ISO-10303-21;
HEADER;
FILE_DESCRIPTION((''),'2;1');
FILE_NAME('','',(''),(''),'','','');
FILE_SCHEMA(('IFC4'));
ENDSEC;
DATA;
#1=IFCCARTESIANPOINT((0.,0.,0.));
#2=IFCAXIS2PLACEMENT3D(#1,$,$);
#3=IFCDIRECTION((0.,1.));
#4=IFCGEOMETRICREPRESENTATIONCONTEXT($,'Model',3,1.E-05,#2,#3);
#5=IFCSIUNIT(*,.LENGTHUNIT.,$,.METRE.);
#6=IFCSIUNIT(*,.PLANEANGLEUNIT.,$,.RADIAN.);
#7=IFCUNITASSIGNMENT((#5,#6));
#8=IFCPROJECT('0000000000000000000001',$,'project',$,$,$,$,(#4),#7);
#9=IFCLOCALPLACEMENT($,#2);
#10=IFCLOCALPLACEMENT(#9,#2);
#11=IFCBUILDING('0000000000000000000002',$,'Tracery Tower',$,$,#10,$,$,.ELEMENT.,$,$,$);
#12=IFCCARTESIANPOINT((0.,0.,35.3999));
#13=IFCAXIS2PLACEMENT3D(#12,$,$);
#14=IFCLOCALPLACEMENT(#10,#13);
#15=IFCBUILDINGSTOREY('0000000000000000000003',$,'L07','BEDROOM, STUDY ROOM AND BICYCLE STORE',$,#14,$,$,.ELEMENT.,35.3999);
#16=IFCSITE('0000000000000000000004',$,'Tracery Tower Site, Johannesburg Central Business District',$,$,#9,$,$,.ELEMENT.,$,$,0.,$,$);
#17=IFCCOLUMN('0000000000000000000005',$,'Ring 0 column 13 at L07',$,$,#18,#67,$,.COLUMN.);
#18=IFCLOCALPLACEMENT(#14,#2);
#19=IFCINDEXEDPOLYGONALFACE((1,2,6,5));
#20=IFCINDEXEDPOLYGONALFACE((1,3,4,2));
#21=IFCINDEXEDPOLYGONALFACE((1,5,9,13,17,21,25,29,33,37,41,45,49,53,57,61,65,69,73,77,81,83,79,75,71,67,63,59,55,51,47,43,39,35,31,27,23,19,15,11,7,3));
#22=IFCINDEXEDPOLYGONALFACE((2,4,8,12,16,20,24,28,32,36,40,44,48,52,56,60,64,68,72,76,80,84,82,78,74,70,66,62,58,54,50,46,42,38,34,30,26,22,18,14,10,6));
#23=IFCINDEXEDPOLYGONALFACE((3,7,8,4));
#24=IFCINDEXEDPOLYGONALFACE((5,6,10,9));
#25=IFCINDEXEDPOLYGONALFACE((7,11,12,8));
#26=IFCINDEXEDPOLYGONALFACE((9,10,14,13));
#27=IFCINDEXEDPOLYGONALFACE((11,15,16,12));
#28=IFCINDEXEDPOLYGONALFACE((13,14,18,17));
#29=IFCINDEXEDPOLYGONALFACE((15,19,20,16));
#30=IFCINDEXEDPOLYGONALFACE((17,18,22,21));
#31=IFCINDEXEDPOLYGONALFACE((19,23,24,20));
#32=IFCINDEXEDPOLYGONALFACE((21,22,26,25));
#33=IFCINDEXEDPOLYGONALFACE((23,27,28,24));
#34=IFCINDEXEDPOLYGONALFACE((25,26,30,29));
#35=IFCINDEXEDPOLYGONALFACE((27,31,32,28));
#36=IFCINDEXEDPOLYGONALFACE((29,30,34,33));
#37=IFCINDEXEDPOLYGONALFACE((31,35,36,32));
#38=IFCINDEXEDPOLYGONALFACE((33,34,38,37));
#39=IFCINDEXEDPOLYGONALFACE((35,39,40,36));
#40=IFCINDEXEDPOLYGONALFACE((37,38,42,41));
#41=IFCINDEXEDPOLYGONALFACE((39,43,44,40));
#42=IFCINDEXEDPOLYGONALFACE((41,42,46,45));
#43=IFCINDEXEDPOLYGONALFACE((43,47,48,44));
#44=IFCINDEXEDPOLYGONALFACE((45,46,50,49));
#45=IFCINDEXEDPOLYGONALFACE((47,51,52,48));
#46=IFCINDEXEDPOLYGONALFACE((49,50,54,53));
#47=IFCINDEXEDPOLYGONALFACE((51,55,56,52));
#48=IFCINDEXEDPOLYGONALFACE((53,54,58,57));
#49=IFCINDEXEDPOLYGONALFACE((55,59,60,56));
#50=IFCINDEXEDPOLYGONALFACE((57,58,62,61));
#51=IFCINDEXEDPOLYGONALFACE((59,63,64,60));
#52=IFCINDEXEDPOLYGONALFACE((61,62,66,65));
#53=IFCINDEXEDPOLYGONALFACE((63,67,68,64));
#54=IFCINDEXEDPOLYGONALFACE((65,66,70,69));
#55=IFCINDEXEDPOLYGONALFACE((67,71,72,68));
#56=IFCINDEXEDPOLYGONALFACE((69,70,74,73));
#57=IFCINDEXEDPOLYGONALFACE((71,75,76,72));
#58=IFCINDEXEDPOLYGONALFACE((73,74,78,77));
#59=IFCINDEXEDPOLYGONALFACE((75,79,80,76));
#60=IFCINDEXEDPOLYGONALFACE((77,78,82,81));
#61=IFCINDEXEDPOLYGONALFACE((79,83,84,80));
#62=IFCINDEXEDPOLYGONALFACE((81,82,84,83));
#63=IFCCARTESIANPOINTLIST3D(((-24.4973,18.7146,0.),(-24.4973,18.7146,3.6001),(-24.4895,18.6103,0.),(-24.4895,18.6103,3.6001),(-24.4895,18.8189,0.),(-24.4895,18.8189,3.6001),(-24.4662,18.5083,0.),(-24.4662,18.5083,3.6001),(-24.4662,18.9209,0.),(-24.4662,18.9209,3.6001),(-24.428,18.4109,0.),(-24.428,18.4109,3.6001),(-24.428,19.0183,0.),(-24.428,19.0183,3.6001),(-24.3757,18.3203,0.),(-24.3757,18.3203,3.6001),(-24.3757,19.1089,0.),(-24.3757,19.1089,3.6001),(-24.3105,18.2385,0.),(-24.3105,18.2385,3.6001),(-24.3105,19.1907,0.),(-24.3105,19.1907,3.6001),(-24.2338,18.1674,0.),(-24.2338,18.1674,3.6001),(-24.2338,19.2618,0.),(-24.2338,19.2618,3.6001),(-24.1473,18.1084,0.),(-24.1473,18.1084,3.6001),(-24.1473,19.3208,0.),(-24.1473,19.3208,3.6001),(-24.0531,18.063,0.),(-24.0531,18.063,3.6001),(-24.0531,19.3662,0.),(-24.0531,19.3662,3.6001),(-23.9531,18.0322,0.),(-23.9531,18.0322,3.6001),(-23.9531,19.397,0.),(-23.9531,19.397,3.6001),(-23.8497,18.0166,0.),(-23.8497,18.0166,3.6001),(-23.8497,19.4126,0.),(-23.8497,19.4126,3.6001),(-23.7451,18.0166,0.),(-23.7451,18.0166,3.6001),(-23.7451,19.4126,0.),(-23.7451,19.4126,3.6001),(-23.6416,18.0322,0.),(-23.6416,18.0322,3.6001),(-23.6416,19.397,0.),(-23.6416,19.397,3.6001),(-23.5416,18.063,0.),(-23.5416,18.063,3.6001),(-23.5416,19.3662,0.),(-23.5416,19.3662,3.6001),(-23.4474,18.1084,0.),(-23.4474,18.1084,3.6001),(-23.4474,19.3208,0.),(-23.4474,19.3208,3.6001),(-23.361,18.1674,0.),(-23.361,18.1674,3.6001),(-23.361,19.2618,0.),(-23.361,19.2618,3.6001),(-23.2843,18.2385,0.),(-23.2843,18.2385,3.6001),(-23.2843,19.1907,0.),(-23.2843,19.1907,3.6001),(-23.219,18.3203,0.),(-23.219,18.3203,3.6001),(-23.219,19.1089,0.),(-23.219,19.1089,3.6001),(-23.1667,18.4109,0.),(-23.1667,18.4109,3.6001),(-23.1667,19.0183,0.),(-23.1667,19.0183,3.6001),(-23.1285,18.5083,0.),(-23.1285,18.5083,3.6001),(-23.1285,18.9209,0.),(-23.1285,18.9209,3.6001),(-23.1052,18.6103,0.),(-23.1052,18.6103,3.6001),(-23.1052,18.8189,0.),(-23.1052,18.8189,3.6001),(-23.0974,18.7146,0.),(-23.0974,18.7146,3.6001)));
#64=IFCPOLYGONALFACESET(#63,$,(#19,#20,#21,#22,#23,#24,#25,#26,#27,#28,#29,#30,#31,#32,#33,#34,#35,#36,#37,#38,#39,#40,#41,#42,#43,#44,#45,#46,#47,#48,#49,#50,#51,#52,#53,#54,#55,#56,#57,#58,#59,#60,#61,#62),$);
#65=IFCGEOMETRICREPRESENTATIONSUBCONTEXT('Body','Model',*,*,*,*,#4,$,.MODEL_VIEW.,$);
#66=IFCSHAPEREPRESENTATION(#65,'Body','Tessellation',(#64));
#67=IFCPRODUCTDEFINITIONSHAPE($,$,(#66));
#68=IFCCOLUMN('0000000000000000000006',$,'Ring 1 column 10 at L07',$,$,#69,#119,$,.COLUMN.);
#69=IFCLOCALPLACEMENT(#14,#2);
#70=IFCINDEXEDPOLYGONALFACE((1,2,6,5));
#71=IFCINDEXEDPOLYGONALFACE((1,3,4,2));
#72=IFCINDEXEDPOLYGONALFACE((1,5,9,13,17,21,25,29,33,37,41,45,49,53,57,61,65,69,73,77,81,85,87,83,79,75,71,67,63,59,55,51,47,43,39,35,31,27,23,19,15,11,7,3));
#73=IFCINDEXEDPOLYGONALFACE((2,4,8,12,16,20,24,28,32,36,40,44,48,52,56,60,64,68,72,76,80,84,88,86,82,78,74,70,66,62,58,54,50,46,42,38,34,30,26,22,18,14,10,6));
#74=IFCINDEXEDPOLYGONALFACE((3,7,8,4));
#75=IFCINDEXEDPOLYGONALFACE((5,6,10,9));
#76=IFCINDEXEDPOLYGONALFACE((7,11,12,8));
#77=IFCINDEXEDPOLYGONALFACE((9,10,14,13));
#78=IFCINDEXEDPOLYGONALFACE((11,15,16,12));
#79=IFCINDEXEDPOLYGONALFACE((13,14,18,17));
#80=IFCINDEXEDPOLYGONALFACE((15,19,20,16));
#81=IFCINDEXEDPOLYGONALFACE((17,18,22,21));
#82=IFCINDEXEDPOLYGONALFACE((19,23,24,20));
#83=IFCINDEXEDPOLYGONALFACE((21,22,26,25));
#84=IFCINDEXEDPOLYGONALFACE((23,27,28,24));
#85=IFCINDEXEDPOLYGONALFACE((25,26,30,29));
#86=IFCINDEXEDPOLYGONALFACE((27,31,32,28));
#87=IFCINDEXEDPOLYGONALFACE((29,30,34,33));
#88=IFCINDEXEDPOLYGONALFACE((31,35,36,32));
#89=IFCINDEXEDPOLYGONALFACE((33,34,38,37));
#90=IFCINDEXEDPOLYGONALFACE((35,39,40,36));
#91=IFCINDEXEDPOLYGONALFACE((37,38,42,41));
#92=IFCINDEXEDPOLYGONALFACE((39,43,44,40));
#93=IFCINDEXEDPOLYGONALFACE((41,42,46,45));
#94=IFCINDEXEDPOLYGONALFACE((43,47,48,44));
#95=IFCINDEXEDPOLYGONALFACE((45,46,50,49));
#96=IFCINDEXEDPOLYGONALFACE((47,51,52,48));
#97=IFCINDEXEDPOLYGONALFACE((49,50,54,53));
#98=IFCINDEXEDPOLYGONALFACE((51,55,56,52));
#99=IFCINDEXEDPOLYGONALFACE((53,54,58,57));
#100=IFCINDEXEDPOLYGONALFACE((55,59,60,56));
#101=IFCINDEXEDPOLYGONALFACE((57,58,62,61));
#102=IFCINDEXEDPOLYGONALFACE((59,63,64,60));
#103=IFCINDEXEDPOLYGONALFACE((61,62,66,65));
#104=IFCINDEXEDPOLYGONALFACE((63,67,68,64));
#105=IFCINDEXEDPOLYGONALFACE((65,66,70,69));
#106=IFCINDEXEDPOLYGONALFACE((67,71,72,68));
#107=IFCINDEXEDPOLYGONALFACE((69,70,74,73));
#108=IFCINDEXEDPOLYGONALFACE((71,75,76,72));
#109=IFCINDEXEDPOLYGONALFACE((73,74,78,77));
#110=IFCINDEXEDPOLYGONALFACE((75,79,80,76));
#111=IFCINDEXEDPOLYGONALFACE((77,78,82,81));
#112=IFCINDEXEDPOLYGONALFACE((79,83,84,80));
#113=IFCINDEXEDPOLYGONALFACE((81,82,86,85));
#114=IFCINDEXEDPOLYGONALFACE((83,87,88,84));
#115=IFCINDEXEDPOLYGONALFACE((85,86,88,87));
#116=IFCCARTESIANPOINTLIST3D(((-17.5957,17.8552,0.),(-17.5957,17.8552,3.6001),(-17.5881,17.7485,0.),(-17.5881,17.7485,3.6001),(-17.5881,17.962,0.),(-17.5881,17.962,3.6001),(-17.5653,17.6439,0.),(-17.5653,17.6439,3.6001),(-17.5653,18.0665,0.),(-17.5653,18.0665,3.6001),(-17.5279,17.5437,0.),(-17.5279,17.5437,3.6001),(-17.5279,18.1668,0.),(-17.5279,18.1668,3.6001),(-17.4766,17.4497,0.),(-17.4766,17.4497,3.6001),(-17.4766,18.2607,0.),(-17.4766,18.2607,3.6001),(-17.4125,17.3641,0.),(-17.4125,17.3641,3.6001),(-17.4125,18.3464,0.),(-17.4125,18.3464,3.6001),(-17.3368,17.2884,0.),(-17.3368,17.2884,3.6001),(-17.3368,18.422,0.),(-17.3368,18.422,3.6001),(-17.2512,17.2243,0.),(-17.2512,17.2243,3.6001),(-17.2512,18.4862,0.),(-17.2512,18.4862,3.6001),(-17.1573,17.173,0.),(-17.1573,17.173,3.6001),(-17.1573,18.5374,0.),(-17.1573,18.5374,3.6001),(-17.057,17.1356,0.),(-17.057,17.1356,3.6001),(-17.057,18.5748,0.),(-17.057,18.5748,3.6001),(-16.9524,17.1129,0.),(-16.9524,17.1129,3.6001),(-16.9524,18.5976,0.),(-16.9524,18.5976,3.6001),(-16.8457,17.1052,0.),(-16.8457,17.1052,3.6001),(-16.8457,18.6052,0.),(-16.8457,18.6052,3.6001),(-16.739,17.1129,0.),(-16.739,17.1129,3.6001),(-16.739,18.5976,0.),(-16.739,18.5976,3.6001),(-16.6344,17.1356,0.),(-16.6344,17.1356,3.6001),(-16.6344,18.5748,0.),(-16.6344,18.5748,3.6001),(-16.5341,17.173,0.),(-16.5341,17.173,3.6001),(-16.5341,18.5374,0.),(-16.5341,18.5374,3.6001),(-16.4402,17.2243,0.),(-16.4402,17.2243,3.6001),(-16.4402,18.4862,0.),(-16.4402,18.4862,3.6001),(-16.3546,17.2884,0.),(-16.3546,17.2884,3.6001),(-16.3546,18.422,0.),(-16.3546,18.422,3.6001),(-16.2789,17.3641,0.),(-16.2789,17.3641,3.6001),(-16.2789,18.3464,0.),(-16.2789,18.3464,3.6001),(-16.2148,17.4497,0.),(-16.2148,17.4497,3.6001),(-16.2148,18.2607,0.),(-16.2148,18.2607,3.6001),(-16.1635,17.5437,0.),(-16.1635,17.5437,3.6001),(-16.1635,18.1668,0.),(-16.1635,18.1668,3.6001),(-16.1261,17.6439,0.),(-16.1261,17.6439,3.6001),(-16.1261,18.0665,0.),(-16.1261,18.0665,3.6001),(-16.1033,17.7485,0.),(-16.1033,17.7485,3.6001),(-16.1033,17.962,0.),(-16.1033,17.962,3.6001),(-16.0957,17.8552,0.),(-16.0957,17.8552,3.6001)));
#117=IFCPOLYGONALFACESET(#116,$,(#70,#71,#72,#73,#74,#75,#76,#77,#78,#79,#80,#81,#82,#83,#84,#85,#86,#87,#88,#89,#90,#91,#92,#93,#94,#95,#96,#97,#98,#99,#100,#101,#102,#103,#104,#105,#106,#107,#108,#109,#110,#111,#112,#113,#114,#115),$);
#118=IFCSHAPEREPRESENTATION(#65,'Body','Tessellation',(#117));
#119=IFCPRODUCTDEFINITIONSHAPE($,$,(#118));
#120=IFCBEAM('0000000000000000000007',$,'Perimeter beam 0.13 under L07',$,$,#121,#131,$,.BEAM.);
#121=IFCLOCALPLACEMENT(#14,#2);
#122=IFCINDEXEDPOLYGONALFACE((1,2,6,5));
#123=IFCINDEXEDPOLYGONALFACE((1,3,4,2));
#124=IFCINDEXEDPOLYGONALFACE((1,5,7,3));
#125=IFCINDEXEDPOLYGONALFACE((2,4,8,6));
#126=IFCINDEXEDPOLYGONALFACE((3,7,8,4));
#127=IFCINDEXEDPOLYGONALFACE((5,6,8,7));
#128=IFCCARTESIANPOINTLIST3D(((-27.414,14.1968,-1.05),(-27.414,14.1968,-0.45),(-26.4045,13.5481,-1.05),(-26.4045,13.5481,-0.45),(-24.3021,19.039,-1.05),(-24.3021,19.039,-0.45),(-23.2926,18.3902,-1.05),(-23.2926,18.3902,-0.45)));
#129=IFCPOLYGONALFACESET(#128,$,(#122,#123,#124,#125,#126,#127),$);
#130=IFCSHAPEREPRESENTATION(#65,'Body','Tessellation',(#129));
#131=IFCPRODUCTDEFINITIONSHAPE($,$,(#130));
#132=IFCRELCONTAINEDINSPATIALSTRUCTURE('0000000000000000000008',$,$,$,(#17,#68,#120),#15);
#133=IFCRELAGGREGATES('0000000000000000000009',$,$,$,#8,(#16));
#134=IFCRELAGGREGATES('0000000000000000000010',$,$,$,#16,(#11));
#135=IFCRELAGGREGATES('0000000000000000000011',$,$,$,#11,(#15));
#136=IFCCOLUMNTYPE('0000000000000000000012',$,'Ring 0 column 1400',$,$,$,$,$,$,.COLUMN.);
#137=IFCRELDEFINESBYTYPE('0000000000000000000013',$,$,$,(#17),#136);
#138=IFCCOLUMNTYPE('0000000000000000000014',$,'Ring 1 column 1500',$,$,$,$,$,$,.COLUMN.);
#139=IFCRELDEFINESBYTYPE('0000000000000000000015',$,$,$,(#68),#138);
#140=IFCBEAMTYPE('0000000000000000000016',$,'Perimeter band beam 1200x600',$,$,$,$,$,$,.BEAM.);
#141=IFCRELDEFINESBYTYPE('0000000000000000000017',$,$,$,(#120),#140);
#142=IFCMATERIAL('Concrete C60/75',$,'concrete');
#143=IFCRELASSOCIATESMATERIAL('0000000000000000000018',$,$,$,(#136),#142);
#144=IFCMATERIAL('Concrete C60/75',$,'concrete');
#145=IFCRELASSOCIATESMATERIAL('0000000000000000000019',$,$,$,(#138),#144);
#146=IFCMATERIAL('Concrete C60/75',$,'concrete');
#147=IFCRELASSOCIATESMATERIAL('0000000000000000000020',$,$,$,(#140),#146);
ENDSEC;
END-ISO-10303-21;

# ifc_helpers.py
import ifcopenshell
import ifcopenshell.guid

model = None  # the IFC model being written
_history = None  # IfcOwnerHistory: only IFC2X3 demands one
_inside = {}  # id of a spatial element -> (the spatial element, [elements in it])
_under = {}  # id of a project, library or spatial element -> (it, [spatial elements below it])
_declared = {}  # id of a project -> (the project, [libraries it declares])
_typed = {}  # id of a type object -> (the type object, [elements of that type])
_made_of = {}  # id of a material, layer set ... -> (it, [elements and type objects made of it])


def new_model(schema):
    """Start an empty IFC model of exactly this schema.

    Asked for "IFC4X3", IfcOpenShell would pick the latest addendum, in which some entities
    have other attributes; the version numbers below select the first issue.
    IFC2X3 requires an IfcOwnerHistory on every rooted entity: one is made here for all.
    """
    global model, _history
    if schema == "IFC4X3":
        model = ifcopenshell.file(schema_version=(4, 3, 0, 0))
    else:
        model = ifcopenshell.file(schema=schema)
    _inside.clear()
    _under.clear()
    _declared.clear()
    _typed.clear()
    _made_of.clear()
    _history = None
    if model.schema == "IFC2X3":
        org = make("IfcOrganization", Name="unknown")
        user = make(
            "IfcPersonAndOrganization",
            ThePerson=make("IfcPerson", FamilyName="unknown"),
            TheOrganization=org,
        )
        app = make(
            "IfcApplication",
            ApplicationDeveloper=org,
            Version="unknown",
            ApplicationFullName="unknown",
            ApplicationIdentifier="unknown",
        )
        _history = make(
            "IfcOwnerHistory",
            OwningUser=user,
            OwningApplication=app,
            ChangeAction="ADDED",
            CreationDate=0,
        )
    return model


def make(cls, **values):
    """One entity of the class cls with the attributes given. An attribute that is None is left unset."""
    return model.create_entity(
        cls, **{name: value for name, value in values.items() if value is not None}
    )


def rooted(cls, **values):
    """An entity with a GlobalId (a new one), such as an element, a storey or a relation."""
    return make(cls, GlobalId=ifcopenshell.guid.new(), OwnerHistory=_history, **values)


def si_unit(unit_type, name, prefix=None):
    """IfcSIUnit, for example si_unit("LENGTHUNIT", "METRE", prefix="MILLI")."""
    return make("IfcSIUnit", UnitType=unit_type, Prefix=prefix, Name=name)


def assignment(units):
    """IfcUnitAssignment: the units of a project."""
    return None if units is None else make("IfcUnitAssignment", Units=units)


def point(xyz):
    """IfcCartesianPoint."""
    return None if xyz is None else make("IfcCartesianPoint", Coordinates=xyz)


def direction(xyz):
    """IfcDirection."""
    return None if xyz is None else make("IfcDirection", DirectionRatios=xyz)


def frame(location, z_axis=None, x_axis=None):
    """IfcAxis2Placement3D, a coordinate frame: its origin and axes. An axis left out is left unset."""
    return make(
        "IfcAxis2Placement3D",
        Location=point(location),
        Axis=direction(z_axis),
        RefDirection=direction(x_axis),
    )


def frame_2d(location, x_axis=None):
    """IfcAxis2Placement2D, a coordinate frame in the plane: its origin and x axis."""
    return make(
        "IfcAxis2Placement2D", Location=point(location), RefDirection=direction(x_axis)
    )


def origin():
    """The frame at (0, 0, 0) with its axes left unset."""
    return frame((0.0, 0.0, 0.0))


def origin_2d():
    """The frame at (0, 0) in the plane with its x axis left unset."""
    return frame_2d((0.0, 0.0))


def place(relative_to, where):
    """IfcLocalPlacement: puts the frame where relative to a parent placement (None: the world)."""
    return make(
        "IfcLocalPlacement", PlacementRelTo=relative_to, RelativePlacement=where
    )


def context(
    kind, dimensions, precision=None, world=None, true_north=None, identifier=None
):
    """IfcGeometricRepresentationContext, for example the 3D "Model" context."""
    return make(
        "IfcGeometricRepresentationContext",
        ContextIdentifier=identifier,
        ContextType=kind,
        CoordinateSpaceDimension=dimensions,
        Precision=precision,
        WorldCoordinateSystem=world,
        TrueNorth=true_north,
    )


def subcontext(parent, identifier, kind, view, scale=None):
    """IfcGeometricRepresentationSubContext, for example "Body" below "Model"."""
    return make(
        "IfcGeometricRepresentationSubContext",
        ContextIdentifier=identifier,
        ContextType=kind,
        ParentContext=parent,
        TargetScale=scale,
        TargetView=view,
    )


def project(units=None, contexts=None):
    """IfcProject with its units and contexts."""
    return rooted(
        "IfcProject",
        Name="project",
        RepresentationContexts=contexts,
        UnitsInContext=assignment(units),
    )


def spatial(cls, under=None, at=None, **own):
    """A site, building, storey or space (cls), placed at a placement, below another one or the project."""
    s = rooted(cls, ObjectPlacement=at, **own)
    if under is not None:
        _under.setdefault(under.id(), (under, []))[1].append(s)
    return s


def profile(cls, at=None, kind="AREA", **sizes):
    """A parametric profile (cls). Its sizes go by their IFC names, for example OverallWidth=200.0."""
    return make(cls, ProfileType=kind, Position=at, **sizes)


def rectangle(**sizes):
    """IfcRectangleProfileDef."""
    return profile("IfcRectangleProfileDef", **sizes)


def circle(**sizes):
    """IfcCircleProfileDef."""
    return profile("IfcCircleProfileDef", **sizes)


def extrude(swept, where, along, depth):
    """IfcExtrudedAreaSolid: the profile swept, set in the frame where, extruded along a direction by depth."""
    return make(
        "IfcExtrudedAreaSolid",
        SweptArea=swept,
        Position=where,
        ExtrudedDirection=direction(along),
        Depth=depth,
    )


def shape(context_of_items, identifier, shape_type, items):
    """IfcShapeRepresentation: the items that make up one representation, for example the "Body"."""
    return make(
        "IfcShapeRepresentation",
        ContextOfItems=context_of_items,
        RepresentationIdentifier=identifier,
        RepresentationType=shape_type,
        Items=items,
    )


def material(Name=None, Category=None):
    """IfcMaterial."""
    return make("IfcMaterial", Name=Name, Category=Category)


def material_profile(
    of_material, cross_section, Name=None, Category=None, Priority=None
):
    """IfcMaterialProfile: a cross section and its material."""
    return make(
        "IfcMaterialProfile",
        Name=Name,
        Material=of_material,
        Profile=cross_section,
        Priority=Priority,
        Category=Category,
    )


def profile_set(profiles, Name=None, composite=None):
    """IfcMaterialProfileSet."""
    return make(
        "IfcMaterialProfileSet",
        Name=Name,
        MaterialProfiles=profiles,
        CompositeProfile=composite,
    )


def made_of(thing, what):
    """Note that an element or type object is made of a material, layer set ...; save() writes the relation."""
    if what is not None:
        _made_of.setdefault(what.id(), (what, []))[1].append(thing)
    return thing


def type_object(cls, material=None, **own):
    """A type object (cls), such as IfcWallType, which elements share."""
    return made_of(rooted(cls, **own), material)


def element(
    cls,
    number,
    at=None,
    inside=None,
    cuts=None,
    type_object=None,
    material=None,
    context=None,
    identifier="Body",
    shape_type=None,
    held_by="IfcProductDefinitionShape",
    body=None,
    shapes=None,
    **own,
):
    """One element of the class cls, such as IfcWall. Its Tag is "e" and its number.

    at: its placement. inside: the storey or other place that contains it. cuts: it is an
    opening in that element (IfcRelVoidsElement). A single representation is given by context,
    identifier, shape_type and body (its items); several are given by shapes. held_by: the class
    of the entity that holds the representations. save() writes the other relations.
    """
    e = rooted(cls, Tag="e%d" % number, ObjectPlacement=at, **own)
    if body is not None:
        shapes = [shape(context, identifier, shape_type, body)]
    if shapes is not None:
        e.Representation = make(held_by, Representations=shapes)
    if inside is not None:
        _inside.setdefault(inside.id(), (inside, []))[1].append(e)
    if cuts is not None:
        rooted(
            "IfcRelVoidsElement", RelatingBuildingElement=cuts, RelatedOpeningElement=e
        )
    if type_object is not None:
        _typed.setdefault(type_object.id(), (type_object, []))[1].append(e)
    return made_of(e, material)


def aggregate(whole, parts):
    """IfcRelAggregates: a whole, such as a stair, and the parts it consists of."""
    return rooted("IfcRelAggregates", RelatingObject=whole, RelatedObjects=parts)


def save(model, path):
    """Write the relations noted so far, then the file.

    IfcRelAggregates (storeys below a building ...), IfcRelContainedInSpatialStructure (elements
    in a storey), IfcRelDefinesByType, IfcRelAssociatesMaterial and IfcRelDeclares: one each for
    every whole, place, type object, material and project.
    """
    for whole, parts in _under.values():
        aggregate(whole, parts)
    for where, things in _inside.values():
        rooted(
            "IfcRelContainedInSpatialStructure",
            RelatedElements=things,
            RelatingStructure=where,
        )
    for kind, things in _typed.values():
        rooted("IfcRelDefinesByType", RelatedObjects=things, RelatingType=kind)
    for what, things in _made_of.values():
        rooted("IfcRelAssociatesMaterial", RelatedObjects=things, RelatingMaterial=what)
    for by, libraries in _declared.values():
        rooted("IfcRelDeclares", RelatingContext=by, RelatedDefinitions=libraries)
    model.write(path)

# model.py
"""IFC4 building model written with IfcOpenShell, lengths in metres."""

from ifc_helpers import new_model, si_unit, direction, frame, origin, origin_2d, place, context, subcontext, project, spatial, rectangle, circle, extrude, material, material_profile, profile_set, type_object, element, save


model = new_model("IFC4")

# Units and contexts
model_context = context("Model", 3, precision=1e-05, world=origin(), true_north=direction((0.0, 1.0)))
body_context = subcontext(model_context, "Body", "Model", "MODEL_VIEW")
ifc_project = project(units=[si_unit("LENGTHUNIT", "METRE"), si_unit("PLANEANGLEUNIT", "RADIAN")], contexts=[model_context])

# Site, building, storey
site_placement = place(None, origin())
site = spatial("IfcSite", under=ifc_project, at=site_placement, Name="Tracery Tower Site, Johannesburg Central Business District", CompositionType="ELEMENT", RefElevation=0.0)
building_placement = place(site_placement, origin())
building = spatial("IfcBuilding", under=site, at=building_placement, Name="Tracery Tower", CompositionType="ELEMENT")
storey_placement = place(building_placement, frame((0.0, 0.0, 35.3999)))
storey = spatial("IfcBuildingStorey", under=building, at=storey_placement, Name="L07", Description="BEDROOM, STUDY ROOM AND BICYCLE STORE", CompositionType="ELEMENT", Elevation=35.3999)

# Columns
ifc_material_1 = material(Name="Concrete C60/75", Category="concrete")
ifc_material_profile_1 = material_profile(ifc_material_1, circle(Radius=0.7, at=origin_2d()), Name="RC D1400")
ifc_profile_set_1 = profile_set([ifc_material_profile_1], Name="Concrete C60/75")
column_type_1 = type_object("IfcColumnType", Name="Ring 0 column 1400", PredefinedType="COLUMN", material=ifc_profile_set_1)
column_1_placement = place(storey_placement, frame((-23.7974, 18.7146, 0.0), z_axis=(0.0, 0.0, 1.0), x_axis=(1.0, 0.0, 0.0)))
element("IfcColumn", 1, at=column_1_placement, inside=storey, type_object=column_type_1, Name="Ring 0 column 13 at L07", PredefinedType="COLUMN", context=body_context, shape_type="SweptSolid", body=[
    extrude(circle(Radius=0.7, at=origin_2d()), origin(), (0.0, 0.0, 1.0), 3.6001),
])
ifc_material_2 = material(Name="Concrete C60/75", Category="concrete")
ifc_material_profile_2 = material_profile(ifc_material_2, circle(Radius=0.75, at=origin_2d()), Name="RC D1500")
ifc_profile_set_2 = profile_set([ifc_material_profile_2], Name="Concrete C60/75")
column_type_2 = type_object("IfcColumnType", Name="Ring 1 column 1500", PredefinedType="COLUMN", material=ifc_profile_set_2)
column_2_placement = place(storey_placement, frame((-16.8457, 17.8552, 0.0), z_axis=(0.0, 0.0, 1.0), x_axis=(1.0, 0.0, 0.0)))
element("IfcColumn", 2, at=column_2_placement, inside=storey, type_object=column_type_2, Name="Ring 1 column 10 at L07", PredefinedType="COLUMN", context=body_context, shape_type="SweptSolid", body=[
    extrude(circle(Radius=0.75, at=origin_2d()), origin(), (0.0, 0.0, 1.0), 3.6001),
])

# Beam
ifc_material_3 = material(Name="Concrete C60/75", Category="concrete")
ifc_material_profile_3 = material_profile(ifc_material_3, rectangle(XDim=1.2, YDim=0.6001, at=origin_2d()), Name="RC 1200x600")
ifc_profile_set_3 = profile_set([ifc_material_profile_3], Name="Concrete C60/75")
beam_type = type_object("IfcBeamType", Name="Perimeter band beam 1200x600", PredefinedType="BEAM", material=ifc_profile_set_3)
beam_placement = place(storey_placement, frame((-23.7974, 18.7146, -0.75), z_axis=(-0.540644, -0.841252, 0.0), x_axis=(0.841252, -0.540644, 0.0)))
element("IfcBeam", 3, at=beam_placement, inside=storey, type_object=beam_type, Name="Perimeter beam 0.13 under L07", PredefinedType="BEAM", context=body_context, shape_type="SweptSolid", body=[
    extrude(rectangle(XDim=1.2, YDim=0.6001, at=origin_2d()), origin(), (0.0, 0.0, 1.0), 5.7559),
])

save(model, "model.ifc")
